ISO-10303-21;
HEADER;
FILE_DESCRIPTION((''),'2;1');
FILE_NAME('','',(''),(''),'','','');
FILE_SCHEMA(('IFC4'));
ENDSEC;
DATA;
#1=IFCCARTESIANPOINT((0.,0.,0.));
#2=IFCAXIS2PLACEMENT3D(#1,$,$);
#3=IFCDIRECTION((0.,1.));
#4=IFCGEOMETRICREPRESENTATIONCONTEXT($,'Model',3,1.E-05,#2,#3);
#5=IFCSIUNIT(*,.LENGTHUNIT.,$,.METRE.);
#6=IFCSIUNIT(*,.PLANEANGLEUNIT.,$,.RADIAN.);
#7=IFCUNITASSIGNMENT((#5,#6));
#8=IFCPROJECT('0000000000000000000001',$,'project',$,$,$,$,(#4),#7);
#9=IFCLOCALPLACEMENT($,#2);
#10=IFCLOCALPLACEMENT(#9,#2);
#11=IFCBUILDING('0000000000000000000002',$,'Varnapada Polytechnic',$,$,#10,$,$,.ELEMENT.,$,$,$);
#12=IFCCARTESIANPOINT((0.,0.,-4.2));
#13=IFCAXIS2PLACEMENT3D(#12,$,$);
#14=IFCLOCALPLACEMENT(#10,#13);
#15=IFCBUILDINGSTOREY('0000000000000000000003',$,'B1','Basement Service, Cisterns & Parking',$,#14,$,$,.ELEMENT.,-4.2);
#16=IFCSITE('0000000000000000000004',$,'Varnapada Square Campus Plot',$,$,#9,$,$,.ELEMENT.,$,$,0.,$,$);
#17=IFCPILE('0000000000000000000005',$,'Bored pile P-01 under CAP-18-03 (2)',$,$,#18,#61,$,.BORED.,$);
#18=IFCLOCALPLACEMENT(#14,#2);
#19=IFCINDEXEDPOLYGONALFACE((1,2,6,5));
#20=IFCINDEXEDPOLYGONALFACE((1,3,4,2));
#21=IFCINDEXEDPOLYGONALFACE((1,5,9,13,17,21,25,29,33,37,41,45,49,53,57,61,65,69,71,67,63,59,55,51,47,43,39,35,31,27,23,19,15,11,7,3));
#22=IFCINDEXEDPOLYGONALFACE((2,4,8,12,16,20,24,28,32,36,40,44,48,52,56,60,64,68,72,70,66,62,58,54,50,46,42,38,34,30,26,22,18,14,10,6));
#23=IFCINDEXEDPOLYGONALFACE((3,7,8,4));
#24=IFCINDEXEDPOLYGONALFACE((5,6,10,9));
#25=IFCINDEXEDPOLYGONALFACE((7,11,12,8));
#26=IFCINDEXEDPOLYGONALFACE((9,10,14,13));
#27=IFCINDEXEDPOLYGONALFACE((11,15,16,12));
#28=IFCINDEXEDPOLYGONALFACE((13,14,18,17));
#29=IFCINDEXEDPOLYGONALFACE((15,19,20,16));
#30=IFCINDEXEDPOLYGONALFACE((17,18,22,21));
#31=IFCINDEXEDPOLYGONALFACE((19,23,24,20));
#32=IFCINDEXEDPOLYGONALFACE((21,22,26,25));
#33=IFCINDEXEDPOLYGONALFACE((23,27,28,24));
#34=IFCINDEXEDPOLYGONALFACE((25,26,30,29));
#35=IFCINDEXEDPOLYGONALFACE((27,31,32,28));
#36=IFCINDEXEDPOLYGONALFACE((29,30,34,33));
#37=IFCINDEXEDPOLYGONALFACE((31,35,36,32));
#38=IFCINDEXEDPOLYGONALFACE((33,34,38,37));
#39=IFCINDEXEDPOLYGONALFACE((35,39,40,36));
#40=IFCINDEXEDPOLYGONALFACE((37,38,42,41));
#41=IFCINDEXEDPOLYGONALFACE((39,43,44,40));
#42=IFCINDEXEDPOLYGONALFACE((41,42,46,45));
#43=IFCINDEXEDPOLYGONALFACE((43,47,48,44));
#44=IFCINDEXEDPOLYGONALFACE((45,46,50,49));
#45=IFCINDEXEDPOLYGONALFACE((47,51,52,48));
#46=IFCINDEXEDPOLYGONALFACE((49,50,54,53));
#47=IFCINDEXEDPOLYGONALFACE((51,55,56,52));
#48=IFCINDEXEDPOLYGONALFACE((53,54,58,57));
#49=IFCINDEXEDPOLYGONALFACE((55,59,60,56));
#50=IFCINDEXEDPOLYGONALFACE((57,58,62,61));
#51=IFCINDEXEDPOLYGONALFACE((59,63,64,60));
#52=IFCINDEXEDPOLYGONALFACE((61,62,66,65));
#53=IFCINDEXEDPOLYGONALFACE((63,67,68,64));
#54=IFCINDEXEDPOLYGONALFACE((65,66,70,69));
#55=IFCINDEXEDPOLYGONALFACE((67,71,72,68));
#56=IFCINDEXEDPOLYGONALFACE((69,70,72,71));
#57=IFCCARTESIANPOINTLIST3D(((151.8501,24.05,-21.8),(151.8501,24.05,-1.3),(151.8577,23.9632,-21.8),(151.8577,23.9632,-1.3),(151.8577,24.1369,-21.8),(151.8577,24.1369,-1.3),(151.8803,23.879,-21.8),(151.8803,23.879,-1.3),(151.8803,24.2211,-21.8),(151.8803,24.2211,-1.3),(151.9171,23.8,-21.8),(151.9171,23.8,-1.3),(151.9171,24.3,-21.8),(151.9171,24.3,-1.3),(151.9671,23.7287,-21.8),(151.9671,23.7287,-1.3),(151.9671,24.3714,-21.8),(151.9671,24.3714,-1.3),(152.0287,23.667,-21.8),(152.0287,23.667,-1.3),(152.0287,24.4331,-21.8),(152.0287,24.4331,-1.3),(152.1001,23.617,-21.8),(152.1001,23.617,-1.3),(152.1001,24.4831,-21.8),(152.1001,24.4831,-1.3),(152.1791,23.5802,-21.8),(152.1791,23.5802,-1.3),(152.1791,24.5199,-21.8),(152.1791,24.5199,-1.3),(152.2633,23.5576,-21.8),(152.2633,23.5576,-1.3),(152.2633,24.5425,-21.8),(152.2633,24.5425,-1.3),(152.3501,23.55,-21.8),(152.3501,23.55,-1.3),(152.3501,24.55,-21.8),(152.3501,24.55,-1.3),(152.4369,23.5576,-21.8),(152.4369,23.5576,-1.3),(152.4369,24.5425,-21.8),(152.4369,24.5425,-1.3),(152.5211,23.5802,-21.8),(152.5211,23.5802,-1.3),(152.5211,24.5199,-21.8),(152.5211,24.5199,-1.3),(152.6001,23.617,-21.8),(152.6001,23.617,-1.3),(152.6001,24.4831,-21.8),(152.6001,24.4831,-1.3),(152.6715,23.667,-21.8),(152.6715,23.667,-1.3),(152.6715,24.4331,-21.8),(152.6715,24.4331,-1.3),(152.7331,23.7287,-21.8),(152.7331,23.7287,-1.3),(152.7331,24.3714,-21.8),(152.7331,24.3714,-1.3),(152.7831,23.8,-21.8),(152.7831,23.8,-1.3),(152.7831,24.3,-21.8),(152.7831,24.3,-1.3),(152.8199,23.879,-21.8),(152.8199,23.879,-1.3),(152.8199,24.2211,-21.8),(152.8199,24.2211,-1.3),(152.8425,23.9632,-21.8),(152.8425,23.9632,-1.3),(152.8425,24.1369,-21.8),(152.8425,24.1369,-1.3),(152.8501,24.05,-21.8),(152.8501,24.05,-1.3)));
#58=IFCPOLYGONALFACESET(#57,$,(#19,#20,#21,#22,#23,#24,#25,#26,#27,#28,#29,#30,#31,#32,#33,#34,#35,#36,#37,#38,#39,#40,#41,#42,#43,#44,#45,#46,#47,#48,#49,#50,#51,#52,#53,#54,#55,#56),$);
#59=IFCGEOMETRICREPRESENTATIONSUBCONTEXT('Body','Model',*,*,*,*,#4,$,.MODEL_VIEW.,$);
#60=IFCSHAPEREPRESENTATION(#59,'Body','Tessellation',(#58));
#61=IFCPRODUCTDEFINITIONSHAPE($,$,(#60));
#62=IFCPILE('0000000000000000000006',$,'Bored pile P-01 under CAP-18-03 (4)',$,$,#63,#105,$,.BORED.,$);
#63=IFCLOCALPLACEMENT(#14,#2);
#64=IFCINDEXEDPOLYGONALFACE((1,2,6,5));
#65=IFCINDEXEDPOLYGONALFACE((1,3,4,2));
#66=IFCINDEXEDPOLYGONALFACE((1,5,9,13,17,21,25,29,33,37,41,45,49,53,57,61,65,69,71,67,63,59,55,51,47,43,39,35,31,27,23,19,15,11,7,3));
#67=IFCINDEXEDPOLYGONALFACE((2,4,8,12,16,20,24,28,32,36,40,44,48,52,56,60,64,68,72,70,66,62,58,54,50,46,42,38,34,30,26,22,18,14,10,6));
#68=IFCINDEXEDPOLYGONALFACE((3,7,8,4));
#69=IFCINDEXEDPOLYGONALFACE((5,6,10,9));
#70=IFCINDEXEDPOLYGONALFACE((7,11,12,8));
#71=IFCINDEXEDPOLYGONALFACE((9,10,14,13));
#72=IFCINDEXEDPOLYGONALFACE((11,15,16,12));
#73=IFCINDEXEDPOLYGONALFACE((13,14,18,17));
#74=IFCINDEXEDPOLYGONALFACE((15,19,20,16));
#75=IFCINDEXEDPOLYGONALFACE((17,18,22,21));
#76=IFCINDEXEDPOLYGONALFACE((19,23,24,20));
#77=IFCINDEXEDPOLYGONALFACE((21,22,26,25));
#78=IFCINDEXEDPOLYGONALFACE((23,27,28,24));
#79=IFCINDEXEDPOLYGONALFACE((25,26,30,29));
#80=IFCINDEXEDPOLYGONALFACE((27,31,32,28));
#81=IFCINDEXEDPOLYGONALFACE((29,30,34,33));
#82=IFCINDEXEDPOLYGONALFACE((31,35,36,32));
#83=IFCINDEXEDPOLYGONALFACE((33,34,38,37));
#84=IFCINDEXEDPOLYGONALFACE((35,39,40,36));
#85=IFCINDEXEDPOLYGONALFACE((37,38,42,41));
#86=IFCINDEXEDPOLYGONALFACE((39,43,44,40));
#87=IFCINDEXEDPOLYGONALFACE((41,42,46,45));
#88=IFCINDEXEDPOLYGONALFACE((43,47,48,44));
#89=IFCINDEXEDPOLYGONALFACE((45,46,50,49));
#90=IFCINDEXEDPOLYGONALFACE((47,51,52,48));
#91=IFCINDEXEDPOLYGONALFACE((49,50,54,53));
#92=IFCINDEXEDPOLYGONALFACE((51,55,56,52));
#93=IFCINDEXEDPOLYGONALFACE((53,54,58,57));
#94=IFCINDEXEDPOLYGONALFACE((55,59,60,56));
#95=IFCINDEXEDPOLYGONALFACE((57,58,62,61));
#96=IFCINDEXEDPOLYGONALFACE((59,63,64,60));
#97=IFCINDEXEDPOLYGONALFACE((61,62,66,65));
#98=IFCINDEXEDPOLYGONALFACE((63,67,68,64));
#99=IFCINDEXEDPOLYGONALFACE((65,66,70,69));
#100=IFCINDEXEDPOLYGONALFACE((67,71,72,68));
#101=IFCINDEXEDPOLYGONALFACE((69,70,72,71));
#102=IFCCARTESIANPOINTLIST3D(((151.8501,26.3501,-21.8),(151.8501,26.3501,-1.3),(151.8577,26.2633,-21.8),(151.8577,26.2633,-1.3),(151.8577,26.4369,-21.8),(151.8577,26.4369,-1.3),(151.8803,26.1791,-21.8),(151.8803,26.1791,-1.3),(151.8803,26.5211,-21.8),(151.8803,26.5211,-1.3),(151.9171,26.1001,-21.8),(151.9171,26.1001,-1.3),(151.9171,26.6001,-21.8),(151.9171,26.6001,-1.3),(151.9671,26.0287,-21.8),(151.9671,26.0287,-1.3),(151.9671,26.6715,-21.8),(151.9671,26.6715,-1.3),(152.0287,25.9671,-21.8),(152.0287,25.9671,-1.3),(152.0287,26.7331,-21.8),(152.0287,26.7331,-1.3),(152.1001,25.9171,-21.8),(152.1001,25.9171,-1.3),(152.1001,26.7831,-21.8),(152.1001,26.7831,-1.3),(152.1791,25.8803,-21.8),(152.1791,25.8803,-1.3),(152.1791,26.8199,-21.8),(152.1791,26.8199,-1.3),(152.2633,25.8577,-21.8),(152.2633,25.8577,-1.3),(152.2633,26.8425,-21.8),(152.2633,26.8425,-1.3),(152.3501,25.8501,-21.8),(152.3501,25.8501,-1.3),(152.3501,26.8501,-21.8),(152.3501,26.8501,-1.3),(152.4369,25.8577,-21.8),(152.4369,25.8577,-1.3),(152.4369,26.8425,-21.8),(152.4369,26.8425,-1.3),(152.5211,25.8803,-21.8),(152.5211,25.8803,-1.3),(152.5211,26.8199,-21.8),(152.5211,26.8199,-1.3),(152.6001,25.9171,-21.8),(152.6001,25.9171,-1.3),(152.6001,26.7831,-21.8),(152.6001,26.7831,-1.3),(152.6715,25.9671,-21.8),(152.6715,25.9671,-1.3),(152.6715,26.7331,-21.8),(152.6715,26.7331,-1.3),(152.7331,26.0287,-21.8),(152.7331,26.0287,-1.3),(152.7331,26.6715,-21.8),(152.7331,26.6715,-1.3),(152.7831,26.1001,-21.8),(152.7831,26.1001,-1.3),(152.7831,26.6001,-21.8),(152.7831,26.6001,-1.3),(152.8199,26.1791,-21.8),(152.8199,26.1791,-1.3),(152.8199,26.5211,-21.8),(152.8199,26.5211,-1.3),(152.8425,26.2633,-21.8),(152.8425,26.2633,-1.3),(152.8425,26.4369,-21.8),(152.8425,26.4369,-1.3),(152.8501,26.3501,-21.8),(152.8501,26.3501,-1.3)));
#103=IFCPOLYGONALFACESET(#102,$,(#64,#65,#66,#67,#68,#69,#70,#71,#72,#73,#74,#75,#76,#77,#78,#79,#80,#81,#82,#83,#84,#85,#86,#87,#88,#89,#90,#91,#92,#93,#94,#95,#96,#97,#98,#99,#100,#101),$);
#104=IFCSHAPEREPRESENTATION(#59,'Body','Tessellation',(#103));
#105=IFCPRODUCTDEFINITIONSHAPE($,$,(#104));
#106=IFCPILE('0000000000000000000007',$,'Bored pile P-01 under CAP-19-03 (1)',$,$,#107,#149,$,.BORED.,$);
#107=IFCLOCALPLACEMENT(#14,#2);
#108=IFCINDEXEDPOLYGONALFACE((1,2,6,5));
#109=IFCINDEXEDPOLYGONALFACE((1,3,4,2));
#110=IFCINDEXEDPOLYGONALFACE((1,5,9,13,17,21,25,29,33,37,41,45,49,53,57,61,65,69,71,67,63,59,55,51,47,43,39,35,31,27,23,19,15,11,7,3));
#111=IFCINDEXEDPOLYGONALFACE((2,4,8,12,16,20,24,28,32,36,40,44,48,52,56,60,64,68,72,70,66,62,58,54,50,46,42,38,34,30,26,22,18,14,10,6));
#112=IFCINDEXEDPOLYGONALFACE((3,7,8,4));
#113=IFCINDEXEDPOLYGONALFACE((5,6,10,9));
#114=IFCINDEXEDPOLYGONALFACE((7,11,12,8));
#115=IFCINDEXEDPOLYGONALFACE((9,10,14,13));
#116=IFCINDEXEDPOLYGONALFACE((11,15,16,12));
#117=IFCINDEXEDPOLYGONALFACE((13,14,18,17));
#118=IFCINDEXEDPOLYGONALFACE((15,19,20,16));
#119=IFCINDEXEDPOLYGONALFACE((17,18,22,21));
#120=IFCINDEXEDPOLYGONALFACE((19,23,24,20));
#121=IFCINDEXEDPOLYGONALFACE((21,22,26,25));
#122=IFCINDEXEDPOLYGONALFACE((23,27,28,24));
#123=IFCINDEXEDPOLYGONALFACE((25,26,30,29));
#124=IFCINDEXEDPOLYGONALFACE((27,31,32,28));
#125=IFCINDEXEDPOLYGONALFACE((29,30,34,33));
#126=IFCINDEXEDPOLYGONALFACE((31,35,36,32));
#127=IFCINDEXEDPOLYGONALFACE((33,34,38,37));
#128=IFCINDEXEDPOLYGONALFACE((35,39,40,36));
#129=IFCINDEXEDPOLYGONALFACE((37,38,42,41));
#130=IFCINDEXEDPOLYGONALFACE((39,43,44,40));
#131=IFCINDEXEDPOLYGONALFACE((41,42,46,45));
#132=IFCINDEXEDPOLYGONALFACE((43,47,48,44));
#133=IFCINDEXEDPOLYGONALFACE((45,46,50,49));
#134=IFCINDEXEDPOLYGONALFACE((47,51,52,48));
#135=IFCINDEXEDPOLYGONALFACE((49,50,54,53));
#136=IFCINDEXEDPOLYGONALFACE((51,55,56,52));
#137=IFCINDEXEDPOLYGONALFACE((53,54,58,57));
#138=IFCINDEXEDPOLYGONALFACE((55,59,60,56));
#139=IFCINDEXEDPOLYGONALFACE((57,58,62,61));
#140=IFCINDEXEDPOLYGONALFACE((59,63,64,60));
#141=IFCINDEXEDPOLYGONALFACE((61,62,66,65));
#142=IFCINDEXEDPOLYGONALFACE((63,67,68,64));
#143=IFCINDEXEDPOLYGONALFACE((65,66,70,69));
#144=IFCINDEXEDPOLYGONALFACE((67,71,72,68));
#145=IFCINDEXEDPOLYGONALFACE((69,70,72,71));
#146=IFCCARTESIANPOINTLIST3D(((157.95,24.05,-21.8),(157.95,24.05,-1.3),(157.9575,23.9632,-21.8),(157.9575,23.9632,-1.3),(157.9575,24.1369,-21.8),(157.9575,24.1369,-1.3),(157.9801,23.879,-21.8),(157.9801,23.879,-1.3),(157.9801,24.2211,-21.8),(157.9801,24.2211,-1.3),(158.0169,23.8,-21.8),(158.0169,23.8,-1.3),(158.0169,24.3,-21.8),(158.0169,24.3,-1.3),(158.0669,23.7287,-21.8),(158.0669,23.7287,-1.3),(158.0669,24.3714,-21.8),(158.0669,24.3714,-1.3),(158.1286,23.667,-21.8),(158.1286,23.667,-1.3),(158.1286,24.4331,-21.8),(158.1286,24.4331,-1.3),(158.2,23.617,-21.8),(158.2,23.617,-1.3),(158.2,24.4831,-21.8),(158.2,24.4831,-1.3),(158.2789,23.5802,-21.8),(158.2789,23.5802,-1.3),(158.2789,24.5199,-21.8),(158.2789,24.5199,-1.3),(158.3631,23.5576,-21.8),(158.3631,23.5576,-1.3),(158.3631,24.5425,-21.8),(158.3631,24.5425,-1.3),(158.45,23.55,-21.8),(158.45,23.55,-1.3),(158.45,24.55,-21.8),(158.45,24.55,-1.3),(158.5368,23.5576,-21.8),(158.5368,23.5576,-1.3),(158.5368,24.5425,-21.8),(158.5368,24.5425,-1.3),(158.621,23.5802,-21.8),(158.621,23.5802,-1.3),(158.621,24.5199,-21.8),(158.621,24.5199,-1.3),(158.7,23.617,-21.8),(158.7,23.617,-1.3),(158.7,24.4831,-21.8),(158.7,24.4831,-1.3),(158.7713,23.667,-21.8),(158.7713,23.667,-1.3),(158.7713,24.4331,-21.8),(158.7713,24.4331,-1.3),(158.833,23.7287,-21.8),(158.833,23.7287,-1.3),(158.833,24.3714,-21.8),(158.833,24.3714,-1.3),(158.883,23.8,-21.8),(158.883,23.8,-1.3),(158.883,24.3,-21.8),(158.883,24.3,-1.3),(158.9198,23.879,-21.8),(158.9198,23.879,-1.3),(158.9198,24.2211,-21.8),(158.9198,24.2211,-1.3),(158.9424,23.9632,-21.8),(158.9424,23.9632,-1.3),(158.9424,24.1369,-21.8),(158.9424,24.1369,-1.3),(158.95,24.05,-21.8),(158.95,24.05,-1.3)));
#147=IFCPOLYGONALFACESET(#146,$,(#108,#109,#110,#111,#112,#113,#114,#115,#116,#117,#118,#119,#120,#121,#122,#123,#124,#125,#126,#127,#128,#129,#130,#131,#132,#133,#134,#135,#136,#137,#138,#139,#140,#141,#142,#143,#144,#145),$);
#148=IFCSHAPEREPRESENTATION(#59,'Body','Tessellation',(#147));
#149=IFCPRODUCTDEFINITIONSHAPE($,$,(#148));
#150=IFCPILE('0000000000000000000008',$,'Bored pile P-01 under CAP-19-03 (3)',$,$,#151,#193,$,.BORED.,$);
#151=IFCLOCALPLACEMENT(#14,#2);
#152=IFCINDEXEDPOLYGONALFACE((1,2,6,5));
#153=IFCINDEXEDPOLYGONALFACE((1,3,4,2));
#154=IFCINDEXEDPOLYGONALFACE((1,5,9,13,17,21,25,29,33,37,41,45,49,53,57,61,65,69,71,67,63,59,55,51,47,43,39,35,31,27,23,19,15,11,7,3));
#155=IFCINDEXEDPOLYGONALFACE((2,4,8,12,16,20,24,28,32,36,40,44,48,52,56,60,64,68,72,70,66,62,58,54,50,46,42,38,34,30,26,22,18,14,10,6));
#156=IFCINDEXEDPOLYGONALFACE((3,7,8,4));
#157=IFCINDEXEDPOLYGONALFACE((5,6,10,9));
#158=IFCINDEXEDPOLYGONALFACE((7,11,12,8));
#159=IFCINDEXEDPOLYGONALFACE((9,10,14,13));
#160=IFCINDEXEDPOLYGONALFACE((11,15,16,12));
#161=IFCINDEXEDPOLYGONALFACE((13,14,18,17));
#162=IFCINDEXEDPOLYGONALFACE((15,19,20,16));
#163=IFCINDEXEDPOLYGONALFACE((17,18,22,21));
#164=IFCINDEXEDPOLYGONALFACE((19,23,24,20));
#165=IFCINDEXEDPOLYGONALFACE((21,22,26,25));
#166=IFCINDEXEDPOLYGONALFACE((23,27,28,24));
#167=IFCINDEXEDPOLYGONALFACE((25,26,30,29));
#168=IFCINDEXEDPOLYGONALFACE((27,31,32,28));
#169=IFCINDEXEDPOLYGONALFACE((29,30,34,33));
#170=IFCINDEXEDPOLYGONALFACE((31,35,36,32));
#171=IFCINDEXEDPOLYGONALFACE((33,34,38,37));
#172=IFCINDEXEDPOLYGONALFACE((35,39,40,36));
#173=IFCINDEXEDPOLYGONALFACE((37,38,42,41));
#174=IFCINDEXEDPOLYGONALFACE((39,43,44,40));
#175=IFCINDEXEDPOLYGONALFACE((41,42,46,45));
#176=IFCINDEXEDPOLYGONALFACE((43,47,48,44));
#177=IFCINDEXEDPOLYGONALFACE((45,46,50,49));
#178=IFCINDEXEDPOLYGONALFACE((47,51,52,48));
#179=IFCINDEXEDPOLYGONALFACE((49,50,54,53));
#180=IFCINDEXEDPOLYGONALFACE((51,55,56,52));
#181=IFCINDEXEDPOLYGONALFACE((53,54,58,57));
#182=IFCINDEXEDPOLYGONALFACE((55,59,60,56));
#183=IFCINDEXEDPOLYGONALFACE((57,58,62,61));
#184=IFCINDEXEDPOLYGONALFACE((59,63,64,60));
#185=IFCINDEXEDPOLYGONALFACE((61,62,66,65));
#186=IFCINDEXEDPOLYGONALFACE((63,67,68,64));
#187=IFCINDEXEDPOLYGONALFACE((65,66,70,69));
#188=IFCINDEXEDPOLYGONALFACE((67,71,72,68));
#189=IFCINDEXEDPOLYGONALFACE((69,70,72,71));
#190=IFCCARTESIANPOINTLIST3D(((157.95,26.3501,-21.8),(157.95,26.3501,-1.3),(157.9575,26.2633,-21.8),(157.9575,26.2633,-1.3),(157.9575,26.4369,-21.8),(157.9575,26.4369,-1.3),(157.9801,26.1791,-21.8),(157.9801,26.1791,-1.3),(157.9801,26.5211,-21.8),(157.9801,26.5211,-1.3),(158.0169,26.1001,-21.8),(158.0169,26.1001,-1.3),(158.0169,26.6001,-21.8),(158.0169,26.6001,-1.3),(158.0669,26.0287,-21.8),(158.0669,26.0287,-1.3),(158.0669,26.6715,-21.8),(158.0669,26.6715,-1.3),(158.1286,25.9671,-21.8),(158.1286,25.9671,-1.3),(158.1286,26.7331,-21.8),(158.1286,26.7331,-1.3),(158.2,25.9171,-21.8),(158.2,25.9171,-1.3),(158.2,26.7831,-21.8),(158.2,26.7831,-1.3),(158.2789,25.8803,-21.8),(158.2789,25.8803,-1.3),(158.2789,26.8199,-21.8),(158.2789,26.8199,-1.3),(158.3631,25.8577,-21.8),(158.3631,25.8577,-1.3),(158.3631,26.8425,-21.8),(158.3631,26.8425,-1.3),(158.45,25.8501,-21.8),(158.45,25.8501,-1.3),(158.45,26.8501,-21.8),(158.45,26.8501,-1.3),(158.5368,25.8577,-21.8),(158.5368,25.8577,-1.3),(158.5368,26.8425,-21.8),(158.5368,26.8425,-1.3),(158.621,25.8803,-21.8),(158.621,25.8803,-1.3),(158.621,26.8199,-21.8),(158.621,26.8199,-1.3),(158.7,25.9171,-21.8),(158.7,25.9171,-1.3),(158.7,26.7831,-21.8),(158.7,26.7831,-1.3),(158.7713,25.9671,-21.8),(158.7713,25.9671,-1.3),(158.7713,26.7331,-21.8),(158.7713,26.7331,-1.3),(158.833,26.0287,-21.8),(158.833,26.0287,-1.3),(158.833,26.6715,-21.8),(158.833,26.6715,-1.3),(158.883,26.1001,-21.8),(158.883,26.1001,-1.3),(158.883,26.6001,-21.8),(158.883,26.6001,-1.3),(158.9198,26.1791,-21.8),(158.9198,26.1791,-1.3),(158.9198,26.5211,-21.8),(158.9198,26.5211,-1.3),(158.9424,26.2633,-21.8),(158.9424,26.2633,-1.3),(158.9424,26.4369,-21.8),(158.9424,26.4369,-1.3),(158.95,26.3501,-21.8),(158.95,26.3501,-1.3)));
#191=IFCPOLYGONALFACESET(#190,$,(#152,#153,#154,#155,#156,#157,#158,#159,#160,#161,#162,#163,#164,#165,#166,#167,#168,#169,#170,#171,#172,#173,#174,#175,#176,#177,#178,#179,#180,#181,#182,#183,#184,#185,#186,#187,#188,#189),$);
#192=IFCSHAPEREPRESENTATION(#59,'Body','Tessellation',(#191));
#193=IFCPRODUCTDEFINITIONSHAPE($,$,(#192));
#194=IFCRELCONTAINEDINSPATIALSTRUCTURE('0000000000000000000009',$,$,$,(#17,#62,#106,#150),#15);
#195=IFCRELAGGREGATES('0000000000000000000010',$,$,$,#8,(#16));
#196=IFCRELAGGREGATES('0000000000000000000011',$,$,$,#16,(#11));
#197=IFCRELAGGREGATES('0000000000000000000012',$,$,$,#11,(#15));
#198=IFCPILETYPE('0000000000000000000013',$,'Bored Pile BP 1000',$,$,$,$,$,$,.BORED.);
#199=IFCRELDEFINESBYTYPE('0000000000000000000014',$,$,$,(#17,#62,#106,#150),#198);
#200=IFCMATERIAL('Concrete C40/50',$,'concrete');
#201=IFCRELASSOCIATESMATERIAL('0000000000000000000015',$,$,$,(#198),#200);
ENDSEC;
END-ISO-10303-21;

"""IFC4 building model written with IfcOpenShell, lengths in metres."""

from ifc_helpers import new_model, si_unit, direction, frame, origin, origin_2d, place, context, subcontext, project, spatial, circle, extrude, material, material_profile, profile_set, type_object, element, save


model = new_model("IFC4")

# Units and contexts
model_context = context("Model", 3, precision=1e-05, world=origin(), true_north=direction((0.0, 1.0)))
body_context = subcontext(model_context, "Body", "Model", "MODEL_VIEW")
ifc_project = project(units=[si_unit("LENGTHUNIT", "METRE"), si_unit("PLANEANGLEUNIT", "RADIAN")], contexts=[model_context])

# Site, building, storey
site_placement = place(None, origin())
site = spatial("IfcSite", under=ifc_project, at=site_placement, Name="Varnapada Square Campus Plot", CompositionType="ELEMENT", RefElevation=0.0)
building_placement = place(site_placement, origin())
building = spatial("IfcBuilding", under=site, at=building_placement, Name="Varnapada Polytechnic", CompositionType="ELEMENT")
storey_placement = place(building_placement, frame((0.0, 0.0, -4.2)))
storey = spatial("IfcBuildingStorey", under=building, at=storey_placement, Name="B1", Description="Basement Service, Cisterns & Parking", CompositionType="ELEMENT", Elevation=-4.2)

# Piles
ifc_material_1 = material(Name="Concrete C40/50", Category="concrete")
ifc_material_profile_1 = material_profile(ifc_material_1, circle(Radius=0.5, at=origin_2d()), Name="BP 1000")
ifc_profile_set_1 = profile_set([ifc_material_profile_1], Name="Concrete C40/50")
pile_type_1 = type_object("IfcPileType", Name="Bored Pile BP 1000", PredefinedType="BORED", material=ifc_profile_set_1)
for number, where, z_axis, x_axis, name in (
    (1, (152.3501, 24.05, -1.3), (0.0, 0.0, -1.0), (1.0, 0.0, 0.0), "Bored pile P-01 under CAP-18-03 (2)"),
    (2, (152.3501, 26.3501, -1.3), (0.0, 0.0, -1.0), (1.0, 0.0, 0.0), "Bored pile P-01 under CAP-18-03 (4)"),
    (3, (158.45, 24.05, -1.3), (0.0, 0.0, -1.0), (1.0, 0.0, 0.0), "Bored pile P-01 under CAP-19-03 (1)"),
    (4, (158.45, 26.3501, -1.3), (0.0, 0.0, -1.0), (1.0, 0.0, 0.0), "Bored pile P-01 under CAP-19-03 (3)"),
):
    element("IfcPile", number, at=place(storey_placement, frame(where, z_axis=z_axis, x_axis=x_axis)), inside=storey, type_object=pile_type_1, Name=name, PredefinedType="BORED", context=body_context, shape_type="SweptSolid", body=[
        extrude(circle(Radius=0.5, at=origin_2d()), origin(), (0.0, 0.0, 1.0), 20.5),
    ])

save(model, "model.ifc")
